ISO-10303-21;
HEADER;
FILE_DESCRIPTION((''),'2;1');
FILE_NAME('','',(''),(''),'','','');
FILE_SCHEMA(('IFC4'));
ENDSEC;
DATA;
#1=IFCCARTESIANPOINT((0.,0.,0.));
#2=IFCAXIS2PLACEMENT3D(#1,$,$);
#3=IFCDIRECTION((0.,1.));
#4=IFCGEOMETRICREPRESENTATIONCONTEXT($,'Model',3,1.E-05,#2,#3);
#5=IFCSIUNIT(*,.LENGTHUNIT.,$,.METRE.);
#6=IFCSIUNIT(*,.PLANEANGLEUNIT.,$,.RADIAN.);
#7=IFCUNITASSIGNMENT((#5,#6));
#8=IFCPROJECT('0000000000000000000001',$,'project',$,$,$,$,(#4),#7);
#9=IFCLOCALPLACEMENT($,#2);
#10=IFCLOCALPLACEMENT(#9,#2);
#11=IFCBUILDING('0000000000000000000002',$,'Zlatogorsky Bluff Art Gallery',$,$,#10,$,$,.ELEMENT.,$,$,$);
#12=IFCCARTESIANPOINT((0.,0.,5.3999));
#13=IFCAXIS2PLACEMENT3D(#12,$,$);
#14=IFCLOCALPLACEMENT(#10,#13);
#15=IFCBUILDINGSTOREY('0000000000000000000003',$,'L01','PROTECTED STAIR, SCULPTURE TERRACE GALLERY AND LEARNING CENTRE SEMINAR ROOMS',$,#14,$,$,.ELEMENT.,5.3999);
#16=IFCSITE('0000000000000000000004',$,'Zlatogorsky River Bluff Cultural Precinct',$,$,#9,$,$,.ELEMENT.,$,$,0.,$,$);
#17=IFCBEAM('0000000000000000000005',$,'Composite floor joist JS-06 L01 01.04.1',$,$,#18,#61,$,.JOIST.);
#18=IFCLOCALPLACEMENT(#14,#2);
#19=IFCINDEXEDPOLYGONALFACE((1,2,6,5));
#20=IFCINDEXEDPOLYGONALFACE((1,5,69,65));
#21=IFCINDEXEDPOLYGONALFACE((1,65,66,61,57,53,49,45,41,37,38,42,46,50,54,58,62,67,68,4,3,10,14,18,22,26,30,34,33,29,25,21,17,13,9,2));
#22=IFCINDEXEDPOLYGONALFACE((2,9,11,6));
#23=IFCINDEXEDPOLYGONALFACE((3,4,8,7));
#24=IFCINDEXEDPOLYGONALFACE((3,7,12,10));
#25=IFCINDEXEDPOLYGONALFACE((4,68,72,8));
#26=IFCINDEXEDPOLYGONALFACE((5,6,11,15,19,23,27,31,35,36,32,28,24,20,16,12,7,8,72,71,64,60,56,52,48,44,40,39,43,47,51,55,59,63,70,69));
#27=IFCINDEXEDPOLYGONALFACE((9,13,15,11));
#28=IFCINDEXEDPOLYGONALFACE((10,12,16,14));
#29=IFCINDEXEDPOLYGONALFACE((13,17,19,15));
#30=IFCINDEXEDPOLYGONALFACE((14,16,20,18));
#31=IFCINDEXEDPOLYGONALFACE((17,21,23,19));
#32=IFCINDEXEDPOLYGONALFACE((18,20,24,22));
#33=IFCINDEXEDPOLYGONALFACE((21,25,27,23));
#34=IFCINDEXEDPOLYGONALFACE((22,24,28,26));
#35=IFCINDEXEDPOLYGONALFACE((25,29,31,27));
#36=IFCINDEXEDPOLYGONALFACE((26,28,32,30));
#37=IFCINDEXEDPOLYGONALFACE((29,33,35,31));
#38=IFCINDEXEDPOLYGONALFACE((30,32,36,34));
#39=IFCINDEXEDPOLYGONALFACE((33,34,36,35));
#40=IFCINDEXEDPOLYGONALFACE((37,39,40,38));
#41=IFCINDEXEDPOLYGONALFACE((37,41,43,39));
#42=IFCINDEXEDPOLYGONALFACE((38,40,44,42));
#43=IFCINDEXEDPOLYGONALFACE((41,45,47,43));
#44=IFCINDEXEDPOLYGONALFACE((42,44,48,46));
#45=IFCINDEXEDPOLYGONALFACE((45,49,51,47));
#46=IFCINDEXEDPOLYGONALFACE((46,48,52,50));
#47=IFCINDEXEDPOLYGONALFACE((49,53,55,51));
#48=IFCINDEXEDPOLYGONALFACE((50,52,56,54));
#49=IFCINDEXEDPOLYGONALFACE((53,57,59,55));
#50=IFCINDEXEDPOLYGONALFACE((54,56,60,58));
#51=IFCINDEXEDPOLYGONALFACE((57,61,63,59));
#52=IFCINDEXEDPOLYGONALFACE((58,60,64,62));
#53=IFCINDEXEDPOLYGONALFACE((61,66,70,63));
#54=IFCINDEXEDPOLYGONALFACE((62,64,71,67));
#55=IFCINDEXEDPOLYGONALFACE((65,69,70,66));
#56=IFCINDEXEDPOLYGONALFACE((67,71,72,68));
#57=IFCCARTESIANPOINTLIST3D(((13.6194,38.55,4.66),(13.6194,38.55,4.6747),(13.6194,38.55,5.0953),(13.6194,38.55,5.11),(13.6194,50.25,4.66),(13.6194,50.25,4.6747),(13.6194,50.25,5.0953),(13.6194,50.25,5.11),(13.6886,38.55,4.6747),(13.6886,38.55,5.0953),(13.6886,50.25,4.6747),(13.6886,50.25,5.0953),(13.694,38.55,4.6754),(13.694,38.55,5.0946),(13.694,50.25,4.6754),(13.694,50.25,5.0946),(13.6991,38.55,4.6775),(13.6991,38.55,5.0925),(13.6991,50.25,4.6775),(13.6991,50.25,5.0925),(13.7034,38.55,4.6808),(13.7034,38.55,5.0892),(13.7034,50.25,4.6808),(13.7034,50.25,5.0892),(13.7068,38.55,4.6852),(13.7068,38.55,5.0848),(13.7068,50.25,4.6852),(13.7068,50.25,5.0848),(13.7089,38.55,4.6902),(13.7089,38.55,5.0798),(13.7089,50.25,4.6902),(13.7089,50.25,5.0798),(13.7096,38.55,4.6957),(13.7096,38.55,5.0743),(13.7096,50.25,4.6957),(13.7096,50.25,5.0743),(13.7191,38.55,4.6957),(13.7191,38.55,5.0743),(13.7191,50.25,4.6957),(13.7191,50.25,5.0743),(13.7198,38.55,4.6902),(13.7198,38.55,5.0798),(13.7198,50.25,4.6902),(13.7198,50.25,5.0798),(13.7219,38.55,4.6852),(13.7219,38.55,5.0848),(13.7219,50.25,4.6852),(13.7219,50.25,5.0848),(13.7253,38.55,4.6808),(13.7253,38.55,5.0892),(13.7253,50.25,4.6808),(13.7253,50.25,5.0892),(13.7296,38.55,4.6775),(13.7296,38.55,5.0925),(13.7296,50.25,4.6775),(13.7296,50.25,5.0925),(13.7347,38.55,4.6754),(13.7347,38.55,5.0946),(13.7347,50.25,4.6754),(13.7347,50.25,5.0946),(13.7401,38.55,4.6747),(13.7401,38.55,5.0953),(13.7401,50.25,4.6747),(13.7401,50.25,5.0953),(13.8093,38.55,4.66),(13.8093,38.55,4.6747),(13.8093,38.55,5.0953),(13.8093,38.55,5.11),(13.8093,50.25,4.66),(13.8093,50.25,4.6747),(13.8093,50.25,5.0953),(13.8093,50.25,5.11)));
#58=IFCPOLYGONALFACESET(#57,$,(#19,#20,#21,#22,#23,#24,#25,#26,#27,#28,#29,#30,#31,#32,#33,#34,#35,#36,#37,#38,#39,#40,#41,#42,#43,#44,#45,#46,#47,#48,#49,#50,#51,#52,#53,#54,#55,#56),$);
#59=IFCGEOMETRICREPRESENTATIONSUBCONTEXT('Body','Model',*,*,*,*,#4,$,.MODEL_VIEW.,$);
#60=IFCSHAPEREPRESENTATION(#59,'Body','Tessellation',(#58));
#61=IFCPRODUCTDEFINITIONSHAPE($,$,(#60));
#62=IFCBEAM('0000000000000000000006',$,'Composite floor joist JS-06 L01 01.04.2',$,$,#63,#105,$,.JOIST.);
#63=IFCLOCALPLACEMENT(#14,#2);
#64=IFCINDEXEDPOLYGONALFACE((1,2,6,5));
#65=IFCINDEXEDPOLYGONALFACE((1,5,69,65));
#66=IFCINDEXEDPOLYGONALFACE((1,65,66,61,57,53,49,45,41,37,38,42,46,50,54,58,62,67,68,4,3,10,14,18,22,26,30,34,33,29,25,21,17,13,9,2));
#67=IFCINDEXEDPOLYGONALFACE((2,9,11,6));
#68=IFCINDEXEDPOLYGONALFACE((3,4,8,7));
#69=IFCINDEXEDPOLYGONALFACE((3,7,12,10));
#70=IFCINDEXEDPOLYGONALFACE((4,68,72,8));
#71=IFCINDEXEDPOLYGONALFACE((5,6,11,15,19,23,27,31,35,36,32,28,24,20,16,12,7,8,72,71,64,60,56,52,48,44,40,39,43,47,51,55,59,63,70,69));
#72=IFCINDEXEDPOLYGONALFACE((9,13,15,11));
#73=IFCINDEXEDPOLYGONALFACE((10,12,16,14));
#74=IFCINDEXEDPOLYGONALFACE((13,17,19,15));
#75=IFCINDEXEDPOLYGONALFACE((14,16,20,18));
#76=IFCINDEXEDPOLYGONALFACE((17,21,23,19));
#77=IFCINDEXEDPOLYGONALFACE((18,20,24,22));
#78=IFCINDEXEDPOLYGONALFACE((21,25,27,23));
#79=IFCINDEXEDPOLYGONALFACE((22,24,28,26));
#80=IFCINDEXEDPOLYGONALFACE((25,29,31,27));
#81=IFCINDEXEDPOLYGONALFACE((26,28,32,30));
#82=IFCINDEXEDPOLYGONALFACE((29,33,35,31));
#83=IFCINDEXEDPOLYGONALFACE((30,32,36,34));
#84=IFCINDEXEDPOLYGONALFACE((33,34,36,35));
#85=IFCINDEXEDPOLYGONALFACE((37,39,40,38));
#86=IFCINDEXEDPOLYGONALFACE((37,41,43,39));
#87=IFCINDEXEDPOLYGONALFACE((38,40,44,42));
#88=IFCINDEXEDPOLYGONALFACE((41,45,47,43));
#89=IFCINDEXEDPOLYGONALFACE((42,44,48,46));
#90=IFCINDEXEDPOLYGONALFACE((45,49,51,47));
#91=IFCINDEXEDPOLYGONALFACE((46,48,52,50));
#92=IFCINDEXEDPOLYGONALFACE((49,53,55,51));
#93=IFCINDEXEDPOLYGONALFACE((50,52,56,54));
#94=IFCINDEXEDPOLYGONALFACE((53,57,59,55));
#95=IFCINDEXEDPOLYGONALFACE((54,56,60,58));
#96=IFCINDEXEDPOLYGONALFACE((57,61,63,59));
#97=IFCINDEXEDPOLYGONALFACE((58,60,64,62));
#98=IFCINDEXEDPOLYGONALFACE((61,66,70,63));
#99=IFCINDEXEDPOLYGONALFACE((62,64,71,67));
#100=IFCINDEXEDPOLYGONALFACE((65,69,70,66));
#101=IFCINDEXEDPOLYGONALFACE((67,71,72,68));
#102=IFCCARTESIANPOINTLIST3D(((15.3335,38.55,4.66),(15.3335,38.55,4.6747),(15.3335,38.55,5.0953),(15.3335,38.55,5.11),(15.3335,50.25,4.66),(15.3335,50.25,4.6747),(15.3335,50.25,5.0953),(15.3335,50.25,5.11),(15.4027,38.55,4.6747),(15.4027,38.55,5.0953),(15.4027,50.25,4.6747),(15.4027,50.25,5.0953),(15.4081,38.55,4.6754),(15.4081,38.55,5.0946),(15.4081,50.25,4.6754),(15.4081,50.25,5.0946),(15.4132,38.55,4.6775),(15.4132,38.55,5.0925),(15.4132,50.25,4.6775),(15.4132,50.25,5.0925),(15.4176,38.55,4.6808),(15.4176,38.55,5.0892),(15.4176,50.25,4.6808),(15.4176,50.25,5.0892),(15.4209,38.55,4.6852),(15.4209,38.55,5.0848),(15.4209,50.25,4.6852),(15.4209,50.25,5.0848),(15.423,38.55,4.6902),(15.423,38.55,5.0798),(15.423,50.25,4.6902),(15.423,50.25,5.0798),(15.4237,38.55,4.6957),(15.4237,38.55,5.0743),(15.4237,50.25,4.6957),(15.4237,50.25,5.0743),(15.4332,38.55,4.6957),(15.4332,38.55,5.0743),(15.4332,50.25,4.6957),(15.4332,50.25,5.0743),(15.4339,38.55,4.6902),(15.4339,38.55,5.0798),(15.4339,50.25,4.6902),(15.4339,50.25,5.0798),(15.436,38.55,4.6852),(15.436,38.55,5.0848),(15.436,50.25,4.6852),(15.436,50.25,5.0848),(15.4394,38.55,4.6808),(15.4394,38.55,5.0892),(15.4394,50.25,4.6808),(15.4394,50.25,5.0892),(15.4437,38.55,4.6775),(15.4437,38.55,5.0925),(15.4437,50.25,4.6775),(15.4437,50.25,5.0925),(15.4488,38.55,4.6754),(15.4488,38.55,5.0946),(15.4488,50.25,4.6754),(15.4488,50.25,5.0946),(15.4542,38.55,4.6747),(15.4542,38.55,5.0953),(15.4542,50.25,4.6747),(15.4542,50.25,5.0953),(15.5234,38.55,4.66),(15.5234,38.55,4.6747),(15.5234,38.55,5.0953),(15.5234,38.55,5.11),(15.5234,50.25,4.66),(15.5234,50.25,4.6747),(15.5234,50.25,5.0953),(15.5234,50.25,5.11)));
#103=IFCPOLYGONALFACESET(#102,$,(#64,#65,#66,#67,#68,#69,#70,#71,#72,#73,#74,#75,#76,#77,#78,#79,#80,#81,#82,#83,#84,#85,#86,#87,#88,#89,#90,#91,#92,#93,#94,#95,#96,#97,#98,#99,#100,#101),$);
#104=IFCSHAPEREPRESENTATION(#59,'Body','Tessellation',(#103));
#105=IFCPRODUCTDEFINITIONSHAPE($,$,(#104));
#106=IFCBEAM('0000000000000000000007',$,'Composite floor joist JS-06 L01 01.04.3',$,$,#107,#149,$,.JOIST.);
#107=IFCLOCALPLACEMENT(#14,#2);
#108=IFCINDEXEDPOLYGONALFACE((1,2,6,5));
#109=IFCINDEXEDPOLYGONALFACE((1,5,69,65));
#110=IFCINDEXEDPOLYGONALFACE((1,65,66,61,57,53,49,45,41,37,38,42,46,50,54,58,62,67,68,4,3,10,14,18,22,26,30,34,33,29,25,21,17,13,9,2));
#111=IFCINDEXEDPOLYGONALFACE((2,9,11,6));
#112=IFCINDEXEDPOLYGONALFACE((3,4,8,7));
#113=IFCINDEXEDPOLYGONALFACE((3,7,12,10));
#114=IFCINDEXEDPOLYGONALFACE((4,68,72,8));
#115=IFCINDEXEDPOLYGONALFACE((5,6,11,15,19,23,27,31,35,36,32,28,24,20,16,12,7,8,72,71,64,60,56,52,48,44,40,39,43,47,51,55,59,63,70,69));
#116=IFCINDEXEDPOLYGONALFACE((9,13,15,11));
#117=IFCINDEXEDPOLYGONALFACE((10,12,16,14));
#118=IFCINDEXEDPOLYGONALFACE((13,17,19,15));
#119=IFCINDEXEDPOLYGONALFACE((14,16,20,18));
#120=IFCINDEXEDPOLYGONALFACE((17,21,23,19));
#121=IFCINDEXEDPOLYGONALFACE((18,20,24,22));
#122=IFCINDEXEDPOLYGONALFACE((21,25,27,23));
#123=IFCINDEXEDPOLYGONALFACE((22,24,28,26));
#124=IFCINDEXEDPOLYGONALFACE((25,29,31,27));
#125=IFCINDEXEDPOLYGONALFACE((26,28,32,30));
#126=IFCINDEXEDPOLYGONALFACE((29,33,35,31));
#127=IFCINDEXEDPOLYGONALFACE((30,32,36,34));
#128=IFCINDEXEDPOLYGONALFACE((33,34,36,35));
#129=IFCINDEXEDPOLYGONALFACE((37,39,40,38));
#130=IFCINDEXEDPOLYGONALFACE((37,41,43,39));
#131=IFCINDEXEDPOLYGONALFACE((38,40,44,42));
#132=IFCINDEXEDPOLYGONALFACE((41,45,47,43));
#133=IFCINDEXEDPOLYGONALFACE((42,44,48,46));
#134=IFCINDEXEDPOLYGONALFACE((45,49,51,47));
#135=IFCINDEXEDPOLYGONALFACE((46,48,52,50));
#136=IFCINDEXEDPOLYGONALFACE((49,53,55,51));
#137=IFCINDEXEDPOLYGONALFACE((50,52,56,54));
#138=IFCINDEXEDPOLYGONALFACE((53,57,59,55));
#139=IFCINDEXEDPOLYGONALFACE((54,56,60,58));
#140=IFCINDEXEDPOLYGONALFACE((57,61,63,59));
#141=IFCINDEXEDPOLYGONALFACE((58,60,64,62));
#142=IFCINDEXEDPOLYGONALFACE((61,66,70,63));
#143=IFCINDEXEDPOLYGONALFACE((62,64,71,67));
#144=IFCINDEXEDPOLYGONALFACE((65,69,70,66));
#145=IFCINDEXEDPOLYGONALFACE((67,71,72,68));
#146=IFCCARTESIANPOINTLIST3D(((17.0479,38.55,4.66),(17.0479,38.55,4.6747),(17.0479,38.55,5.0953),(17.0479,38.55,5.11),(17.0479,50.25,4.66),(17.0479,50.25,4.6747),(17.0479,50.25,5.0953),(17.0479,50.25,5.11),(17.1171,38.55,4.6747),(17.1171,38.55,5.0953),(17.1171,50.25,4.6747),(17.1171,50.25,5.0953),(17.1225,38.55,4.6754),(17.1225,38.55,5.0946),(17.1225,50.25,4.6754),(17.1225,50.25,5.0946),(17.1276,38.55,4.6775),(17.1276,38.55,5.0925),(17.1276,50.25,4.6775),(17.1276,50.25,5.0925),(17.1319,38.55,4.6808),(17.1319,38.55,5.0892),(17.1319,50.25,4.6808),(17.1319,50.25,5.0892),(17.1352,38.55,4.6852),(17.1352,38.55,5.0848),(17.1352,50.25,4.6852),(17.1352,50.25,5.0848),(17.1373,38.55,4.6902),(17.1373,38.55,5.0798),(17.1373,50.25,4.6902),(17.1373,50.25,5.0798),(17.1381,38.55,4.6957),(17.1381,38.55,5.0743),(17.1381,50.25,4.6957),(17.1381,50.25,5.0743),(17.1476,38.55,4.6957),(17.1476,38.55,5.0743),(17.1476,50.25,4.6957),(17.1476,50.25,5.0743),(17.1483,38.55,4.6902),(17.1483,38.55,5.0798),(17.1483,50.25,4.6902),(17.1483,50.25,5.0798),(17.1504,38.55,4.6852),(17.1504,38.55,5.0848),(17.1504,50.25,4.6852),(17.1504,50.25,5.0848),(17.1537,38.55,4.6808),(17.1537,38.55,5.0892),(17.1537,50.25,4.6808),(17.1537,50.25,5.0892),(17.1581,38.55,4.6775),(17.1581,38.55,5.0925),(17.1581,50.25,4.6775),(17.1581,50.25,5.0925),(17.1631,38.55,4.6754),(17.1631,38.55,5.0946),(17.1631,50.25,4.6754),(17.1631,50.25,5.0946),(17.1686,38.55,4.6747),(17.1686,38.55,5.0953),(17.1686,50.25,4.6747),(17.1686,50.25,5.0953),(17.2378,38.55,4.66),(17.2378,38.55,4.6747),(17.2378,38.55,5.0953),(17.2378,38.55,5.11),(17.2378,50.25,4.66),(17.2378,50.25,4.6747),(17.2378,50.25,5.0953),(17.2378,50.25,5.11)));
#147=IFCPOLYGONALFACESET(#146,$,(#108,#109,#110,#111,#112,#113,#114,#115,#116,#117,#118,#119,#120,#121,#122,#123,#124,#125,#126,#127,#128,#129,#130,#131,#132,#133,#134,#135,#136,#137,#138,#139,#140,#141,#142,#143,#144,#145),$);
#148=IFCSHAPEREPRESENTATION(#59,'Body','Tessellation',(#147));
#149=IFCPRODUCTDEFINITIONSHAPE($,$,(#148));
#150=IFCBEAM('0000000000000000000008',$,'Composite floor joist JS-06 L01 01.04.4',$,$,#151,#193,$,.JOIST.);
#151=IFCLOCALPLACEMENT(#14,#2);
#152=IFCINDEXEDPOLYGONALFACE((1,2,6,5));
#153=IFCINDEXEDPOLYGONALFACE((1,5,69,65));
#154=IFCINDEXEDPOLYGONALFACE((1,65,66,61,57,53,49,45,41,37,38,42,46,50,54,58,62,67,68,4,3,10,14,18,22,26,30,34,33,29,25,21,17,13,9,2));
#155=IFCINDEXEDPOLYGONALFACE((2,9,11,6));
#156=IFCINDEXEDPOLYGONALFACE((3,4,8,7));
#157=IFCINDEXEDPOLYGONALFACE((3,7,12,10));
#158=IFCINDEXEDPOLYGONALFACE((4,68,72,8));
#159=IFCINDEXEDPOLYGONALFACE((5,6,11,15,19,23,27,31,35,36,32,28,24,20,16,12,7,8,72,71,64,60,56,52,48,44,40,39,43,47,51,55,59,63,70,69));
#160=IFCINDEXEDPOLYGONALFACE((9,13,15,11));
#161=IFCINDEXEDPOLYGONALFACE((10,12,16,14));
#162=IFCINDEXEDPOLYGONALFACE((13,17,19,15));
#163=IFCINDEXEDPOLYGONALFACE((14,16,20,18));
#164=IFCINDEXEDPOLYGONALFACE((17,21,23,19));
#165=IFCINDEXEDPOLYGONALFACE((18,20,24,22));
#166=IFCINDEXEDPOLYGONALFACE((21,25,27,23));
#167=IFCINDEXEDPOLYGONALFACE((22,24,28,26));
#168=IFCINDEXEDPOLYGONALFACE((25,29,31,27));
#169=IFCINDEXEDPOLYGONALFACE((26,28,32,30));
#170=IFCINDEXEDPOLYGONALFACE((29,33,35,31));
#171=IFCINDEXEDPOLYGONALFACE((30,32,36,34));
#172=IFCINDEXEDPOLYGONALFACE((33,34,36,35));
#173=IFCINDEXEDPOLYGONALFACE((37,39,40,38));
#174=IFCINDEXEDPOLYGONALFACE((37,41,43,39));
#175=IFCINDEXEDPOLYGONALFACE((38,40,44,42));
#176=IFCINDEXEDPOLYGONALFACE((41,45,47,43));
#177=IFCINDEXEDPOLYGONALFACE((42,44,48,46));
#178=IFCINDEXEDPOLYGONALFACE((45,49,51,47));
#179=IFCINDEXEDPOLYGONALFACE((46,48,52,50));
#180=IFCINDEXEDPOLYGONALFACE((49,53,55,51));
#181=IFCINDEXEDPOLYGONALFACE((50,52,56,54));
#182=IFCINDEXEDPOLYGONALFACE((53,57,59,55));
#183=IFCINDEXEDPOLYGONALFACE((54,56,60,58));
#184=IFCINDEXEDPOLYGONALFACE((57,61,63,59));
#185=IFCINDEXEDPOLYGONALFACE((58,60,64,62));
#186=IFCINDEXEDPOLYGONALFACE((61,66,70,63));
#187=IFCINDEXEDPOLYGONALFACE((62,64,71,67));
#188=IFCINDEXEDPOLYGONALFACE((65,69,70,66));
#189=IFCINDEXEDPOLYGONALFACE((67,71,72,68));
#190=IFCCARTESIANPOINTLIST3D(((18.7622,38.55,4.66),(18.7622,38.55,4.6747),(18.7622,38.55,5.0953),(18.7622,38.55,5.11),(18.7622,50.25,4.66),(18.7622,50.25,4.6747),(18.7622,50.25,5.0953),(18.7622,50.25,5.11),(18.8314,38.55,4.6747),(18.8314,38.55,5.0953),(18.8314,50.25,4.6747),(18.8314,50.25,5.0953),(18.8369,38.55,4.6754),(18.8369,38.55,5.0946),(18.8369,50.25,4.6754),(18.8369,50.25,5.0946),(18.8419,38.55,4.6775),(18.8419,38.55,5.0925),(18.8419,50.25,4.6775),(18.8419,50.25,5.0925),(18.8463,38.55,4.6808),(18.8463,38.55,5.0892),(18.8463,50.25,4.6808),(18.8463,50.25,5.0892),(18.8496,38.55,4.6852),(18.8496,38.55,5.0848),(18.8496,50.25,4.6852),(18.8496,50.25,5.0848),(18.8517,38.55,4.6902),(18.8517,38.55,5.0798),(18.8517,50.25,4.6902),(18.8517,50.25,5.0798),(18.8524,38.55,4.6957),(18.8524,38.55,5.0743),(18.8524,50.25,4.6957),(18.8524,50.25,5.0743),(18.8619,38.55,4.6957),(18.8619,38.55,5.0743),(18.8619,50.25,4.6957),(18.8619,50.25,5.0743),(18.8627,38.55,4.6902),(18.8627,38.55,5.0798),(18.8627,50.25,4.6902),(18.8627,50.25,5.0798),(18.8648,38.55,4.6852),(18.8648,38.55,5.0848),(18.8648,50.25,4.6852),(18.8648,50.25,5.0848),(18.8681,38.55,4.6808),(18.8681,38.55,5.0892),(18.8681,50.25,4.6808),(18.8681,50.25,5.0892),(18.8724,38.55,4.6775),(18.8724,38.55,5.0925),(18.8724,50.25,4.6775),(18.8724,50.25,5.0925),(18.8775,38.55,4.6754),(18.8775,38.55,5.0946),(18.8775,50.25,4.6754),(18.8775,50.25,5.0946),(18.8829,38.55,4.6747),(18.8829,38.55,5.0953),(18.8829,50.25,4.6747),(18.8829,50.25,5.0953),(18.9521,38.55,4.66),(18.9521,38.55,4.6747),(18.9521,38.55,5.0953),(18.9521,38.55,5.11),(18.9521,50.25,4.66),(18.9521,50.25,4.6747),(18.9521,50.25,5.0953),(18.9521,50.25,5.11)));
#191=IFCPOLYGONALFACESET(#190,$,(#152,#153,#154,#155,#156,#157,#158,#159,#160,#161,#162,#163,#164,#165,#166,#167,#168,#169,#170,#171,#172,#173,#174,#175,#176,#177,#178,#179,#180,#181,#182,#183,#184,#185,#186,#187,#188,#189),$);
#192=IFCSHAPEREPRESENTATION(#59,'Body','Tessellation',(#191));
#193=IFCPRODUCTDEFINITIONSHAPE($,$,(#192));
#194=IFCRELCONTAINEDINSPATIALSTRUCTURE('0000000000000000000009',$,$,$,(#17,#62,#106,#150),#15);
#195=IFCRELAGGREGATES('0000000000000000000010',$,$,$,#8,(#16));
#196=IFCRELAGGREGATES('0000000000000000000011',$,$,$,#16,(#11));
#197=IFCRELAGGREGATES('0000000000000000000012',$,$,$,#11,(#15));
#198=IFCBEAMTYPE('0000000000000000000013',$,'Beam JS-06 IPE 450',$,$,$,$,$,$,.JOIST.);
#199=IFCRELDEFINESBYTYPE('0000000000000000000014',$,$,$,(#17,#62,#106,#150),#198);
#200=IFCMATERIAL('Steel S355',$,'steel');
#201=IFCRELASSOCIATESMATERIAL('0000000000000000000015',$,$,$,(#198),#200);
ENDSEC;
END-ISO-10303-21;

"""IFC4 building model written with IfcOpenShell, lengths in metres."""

from ifc_helpers import new_model, si_unit, direction, frame, origin, origin_2d, place, context, subcontext, project, spatial, i_section, extrude, material, material_profile, profile_set, type_object, element, save


model = new_model("IFC4")

# Units and contexts
model_context = context("Model", 3, precision=1e-05, world=origin(), true_north=direction((0.0, 1.0)))
body_context = subcontext(model_context, "Body", "Model", "MODEL_VIEW")
ifc_project = project(units=[si_unit("LENGTHUNIT", "METRE"), si_unit("PLANEANGLEUNIT", "RADIAN")], contexts=[model_context])

# Site, building, storey
site_placement = place(None, origin())
site = spatial("IfcSite", under=ifc_project, at=site_placement, Name="Zlatogorsky River Bluff Cultural Precinct", CompositionType="ELEMENT", RefElevation=0.0)
building_placement = place(site_placement, origin())
building = spatial("IfcBuilding", under=site, at=building_placement, Name="Zlatogorsky Bluff Art Gallery", CompositionType="ELEMENT")
storey_placement = place(building_placement, frame((0.0, 0.0, 5.3999)))
storey = spatial("IfcBuildingStorey", under=building, at=storey_placement, Name="L01", Description="PROTECTED STAIR, SCULPTURE TERRACE GALLERY AND LEARNING CENTRE SEMINAR ROOMS", CompositionType="ELEMENT", Elevation=5.3999)

# Shared definitions
ifc_material_1 = material(Name="Steel S355", Category="steel")

# Beams
ifc_material_profile_1 = material_profile(ifc_material_1, i_section(OverallWidth=0.1899, OverallDepth=0.45, WebThickness=0.0095, FlangeThickness=0.0146, FilletRadius=0.021, at=origin_2d()), Name="IPE 450")
ifc_profile_set_1 = profile_set([ifc_material_profile_1], Name="Steel S355")
beam_type_1 = type_object("IfcBeamType", Name="Beam JS-06 IPE 450", PredefinedType="JOIST", material=ifc_profile_set_1)
for number, where, z_axis, x_axis, name in (
    (1, (13.7144, 38.55, 4.885), (0.0, 1.0, 0.0), (-1.0, 0.0, 0.0), "Composite floor joist JS-06 L01 01.04.1"),
    (2, (15.4285, 38.55, 4.885), (0.0, 1.0, 0.0), (-1.0, 0.0, 0.0), "Composite floor joist JS-06 L01 01.04.2"),
    (3, (17.1428, 38.55, 4.885), (0.0, 1.0, 0.0), (-1.0, 0.0, 0.0), "Composite floor joist JS-06 L01 01.04.3"),
    (4, (18.8572, 38.55, 4.885), (0.0, 1.0, 0.0), (-1.0, 0.0, 0.0), "Composite floor joist JS-06 L01 01.04.4"),
):
    element("IfcBeam", number, at=place(storey_placement, frame(where, z_axis=z_axis, x_axis=x_axis)), inside=storey, type_object=beam_type_1, Name=name, PredefinedType="JOIST", context=body_context, shape_type="SweptSolid", body=[
        extrude(i_section(OverallWidth=0.1899, OverallDepth=0.45, WebThickness=0.0095, FlangeThickness=0.0146, FilletRadius=0.021, at=origin_2d()), origin(), (0.0, 0.0, 1.0), 11.7),
    ])

save(model, "model.ifc")
